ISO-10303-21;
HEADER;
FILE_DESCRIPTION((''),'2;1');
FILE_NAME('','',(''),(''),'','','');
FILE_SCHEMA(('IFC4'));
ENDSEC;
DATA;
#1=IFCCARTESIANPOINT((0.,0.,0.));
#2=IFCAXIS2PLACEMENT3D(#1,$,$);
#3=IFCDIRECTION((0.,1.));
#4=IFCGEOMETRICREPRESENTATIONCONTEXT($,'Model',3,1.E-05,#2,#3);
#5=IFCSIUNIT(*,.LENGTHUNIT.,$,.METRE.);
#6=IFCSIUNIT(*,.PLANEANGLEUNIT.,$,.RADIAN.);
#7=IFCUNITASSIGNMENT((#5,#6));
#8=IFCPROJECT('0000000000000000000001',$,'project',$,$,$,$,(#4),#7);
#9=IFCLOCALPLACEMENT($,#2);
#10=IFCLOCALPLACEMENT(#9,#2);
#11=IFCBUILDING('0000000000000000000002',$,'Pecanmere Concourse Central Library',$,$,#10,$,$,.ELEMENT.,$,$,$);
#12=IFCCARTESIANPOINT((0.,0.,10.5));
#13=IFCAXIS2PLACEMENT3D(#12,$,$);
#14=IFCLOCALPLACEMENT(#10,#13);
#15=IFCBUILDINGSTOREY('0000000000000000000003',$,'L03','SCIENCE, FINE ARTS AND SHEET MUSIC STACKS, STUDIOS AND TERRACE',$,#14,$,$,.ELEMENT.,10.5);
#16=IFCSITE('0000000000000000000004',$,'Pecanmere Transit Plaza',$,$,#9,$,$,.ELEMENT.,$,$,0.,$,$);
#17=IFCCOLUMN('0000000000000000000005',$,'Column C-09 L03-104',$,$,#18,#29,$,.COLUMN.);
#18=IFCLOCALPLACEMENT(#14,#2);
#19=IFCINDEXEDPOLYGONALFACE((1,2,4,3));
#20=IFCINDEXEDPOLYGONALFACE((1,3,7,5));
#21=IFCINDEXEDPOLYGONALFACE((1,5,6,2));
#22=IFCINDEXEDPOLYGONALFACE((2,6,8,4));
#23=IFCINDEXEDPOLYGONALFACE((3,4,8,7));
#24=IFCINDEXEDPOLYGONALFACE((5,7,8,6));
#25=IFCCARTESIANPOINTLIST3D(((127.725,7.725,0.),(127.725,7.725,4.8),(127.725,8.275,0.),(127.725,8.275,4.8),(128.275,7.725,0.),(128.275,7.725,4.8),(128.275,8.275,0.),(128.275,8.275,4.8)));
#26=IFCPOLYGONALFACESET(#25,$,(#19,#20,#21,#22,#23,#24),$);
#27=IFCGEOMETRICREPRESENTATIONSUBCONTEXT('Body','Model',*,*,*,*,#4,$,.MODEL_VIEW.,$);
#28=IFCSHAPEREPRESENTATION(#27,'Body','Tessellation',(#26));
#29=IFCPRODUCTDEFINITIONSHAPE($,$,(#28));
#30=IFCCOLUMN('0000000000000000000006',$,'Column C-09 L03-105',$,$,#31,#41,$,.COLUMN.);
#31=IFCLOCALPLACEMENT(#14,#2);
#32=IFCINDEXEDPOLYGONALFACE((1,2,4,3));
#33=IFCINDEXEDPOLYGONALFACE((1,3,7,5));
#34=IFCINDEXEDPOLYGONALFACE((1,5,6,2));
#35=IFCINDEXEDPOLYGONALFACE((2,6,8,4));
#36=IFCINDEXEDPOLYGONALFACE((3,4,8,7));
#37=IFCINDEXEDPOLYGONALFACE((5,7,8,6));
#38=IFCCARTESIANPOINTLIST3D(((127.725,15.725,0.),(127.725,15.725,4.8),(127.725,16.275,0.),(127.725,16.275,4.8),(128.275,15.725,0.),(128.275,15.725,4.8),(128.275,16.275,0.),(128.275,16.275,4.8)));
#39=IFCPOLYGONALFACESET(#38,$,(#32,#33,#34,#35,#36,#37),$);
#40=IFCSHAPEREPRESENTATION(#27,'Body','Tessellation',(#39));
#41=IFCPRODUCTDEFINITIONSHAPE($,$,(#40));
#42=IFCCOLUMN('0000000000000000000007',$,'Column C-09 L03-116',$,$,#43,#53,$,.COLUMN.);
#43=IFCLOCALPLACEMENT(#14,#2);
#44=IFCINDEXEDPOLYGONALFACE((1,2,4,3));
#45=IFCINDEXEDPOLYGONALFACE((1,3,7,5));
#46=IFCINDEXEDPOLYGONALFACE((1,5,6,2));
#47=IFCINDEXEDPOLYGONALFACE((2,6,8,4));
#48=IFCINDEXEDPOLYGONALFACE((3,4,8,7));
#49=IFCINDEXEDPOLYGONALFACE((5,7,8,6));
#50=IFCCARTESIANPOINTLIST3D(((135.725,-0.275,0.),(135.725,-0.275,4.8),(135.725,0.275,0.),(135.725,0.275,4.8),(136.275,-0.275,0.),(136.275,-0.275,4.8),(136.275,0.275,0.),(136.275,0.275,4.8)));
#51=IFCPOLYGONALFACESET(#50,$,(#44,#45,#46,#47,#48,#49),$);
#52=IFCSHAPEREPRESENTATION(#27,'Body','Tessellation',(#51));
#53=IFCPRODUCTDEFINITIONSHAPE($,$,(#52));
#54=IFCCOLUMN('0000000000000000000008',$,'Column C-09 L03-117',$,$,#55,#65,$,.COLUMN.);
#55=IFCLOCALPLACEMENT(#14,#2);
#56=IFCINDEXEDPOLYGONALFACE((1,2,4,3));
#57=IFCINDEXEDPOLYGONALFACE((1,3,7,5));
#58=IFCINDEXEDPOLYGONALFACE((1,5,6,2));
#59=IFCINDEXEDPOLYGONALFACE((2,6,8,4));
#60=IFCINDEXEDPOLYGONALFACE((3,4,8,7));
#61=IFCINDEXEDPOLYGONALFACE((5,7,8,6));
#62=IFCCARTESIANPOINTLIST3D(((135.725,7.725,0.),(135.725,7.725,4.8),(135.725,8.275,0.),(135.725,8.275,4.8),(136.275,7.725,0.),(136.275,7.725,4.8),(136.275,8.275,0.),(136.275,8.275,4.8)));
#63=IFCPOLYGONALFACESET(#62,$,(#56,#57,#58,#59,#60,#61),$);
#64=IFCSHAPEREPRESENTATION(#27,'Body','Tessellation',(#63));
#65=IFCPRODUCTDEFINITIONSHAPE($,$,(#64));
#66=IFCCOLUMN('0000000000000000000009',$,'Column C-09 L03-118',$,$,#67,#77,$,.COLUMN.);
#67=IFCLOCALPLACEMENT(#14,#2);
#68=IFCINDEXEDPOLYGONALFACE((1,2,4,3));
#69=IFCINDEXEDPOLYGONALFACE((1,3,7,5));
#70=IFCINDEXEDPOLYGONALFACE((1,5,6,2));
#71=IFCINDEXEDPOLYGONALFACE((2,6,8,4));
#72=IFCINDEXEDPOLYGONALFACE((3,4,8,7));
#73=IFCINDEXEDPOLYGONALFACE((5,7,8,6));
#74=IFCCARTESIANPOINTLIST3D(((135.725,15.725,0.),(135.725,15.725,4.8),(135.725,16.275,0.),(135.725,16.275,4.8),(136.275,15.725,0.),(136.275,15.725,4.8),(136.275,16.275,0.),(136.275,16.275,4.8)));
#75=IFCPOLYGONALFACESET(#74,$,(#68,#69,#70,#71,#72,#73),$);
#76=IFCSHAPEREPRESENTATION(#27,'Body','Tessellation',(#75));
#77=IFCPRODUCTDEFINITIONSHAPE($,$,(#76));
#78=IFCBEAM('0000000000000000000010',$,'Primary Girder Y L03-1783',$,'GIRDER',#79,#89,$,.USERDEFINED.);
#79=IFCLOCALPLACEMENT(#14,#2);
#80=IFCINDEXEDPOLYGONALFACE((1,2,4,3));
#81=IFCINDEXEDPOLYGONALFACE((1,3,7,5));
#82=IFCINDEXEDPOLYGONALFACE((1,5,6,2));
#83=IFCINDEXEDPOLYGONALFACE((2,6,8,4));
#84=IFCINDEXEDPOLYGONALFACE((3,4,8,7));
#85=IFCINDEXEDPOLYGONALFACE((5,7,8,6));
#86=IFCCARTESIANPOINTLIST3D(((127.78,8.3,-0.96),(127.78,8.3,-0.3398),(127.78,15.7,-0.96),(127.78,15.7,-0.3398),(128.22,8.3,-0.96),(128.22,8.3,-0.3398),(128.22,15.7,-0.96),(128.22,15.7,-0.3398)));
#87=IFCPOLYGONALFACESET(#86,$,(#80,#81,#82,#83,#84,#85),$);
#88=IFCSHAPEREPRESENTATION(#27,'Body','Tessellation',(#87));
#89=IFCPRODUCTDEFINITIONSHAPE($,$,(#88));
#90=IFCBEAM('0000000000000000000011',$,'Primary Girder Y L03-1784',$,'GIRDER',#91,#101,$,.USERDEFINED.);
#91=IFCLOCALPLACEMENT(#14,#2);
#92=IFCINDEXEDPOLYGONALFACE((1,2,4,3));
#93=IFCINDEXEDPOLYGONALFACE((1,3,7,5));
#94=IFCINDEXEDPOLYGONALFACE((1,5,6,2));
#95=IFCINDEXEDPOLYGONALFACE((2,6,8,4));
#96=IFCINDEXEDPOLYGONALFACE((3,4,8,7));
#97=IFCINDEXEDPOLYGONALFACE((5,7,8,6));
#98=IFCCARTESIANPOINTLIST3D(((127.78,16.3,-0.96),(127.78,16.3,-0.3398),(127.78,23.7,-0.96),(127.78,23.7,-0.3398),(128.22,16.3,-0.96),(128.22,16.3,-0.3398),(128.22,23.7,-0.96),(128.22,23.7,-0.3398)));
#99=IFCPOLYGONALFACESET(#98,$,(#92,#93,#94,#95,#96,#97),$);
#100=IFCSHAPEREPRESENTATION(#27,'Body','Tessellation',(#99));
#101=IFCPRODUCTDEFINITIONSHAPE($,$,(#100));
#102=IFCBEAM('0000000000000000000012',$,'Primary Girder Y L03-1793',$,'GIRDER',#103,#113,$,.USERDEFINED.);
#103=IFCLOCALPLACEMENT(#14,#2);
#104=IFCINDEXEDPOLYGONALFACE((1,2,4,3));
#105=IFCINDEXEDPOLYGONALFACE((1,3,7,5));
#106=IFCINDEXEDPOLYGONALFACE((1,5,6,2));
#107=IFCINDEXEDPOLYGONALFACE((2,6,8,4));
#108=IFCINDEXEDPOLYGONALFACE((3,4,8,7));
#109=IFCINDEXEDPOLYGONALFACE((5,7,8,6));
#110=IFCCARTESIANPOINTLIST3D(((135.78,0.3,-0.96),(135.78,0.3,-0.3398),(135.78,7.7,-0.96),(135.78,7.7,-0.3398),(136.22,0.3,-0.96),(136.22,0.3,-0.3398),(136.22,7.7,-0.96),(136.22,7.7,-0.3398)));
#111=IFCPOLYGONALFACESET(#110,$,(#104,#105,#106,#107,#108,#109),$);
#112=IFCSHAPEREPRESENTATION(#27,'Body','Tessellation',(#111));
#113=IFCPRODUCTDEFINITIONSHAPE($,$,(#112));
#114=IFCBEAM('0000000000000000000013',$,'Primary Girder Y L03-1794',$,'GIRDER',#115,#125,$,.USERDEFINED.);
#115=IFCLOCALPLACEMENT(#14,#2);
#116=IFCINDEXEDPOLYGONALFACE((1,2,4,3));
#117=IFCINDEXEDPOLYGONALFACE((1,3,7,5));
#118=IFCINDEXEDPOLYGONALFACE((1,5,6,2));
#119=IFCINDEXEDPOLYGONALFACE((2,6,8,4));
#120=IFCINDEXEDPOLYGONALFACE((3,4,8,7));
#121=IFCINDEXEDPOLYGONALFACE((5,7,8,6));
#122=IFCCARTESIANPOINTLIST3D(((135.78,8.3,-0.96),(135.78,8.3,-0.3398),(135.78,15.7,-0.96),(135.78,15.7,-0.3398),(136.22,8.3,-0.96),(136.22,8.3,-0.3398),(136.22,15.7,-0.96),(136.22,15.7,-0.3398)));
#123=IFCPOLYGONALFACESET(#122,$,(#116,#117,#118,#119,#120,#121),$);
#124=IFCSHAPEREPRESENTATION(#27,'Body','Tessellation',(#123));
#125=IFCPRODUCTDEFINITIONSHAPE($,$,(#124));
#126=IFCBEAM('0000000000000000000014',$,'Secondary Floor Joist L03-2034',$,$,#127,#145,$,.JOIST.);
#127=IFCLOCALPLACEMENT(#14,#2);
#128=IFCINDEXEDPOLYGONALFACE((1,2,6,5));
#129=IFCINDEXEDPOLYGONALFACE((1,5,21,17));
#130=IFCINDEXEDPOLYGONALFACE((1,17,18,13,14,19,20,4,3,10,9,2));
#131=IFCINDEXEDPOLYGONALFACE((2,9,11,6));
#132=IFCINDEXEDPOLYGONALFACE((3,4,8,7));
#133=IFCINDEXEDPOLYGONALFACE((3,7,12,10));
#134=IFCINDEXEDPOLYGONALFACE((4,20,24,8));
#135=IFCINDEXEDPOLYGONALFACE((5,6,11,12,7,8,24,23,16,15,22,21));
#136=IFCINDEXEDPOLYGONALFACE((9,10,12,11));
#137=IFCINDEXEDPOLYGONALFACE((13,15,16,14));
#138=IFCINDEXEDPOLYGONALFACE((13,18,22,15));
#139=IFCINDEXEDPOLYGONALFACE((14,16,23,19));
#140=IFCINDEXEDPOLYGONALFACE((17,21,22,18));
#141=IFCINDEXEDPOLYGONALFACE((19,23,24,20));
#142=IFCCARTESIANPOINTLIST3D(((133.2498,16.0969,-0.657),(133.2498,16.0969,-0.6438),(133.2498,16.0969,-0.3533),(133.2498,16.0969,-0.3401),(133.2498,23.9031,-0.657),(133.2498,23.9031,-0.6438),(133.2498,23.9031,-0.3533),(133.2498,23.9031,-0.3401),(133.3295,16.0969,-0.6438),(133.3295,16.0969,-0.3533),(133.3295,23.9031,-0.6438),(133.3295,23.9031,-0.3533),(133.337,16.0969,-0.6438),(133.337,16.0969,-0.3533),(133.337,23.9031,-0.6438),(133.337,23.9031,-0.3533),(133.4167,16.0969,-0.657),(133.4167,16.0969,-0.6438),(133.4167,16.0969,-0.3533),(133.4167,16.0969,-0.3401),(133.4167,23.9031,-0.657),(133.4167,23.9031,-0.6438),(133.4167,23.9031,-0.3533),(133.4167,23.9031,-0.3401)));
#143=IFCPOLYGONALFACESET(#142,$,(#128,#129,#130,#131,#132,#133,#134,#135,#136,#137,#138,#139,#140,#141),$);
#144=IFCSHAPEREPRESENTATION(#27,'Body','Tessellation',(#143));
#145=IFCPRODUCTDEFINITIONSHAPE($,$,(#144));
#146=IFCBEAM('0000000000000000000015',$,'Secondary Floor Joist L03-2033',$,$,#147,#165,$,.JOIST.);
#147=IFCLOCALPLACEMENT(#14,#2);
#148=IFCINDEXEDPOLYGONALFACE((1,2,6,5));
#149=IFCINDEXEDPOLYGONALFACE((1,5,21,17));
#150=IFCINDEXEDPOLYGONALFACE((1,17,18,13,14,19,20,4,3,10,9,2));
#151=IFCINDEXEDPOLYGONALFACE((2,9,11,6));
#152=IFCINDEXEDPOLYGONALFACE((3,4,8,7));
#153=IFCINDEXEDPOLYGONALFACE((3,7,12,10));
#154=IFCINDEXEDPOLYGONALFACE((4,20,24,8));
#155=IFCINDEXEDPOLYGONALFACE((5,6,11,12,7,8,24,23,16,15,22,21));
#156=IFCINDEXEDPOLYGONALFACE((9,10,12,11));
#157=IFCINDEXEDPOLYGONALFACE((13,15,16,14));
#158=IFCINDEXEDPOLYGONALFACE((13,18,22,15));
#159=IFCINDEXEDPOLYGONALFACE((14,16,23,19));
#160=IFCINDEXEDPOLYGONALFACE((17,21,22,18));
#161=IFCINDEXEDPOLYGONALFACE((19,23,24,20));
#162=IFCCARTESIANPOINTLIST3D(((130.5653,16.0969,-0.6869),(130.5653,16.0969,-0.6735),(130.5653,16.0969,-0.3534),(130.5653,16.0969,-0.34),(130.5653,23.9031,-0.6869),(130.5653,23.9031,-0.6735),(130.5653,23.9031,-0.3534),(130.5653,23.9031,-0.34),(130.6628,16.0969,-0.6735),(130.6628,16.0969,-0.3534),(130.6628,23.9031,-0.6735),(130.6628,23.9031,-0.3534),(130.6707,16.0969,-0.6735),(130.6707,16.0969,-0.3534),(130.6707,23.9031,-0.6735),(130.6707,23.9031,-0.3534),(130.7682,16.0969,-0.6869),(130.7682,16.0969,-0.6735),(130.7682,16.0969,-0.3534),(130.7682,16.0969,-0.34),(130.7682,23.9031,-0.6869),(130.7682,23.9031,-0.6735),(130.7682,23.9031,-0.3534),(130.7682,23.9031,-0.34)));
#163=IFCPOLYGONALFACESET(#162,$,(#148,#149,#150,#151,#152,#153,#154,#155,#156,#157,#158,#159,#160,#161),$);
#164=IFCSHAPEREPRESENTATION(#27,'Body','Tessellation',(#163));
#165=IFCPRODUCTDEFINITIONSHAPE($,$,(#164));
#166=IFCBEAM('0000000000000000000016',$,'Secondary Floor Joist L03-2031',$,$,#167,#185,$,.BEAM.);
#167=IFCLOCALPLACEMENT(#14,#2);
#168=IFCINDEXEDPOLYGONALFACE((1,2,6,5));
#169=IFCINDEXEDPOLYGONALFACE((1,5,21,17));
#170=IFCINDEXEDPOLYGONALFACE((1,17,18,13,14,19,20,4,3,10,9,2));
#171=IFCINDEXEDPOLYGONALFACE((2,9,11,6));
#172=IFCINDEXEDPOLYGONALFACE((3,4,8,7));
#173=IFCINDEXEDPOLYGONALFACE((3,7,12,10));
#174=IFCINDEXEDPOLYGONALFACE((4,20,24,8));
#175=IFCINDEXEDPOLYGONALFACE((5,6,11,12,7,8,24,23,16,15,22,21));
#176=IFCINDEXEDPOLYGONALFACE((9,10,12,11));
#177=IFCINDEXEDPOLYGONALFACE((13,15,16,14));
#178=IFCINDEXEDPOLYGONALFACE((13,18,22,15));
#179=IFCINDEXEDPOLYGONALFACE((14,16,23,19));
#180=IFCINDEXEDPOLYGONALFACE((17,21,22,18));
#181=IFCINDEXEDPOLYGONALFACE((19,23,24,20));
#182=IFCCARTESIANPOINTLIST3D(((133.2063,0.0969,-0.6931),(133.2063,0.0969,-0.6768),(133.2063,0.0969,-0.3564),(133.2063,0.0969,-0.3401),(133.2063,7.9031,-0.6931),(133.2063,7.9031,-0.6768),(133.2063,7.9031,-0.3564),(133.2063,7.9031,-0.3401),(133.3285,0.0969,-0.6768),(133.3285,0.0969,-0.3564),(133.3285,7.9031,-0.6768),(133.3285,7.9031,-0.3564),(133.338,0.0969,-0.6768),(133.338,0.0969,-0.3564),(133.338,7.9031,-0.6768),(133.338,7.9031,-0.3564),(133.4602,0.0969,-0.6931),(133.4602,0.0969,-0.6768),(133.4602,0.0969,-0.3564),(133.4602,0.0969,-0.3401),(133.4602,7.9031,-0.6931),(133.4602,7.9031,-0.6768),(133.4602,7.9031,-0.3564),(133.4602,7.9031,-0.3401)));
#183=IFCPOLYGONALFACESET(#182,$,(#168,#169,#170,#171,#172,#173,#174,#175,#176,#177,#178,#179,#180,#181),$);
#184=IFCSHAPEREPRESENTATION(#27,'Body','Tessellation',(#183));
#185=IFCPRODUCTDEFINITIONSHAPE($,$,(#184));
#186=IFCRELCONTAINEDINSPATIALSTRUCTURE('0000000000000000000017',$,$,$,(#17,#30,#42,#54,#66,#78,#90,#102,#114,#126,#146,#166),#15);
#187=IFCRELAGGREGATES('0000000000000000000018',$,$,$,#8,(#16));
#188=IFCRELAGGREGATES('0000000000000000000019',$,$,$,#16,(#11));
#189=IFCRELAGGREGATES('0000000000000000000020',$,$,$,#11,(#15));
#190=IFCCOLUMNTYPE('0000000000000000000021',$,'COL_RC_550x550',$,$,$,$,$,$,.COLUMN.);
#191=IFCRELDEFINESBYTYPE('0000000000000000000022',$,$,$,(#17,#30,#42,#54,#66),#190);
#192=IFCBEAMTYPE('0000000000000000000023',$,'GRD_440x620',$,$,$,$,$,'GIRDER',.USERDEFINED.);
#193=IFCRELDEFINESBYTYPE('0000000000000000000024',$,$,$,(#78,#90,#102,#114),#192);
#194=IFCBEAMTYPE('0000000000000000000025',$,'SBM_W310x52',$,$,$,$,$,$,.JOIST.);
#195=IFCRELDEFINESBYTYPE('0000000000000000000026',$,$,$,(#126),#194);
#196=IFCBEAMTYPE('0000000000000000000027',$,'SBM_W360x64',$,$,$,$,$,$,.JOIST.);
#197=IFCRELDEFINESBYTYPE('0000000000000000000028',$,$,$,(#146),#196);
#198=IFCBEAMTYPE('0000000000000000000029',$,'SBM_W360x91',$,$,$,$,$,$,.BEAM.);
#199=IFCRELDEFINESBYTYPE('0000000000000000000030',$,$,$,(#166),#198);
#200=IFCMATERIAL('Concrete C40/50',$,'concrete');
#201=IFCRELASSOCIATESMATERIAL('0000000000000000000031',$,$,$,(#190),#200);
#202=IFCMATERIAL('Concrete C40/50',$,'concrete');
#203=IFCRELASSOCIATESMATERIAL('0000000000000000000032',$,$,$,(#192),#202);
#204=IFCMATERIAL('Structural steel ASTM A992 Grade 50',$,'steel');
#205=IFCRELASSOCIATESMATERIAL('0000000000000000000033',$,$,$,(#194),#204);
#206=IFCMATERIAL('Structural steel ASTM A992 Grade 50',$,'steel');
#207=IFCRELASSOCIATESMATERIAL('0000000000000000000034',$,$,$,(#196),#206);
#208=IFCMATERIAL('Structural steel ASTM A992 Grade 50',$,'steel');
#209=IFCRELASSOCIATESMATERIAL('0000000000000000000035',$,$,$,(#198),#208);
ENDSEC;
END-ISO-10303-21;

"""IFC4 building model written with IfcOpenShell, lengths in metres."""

from ifc_helpers import new_model, si_unit, direction, frame, origin, origin_2d, place, context, subcontext, project, spatial, rectangle, i_section, extrude, material, material_profile, profile_set, type_object, element, save


model = new_model("IFC4")

# Units and contexts
model_context = context("Model", 3, precision=1e-05, world=origin(), true_north=direction((0.0, 1.0)))
body_context = subcontext(model_context, "Body", "Model", "MODEL_VIEW")
ifc_project = project(units=[si_unit("LENGTHUNIT", "METRE"), si_unit("PLANEANGLEUNIT", "RADIAN")], contexts=[model_context])

# Site, building, storey
site_placement = place(None, origin())
site = spatial("IfcSite", under=ifc_project, at=site_placement, Name="Pecanmere Transit Plaza", CompositionType="ELEMENT", RefElevation=0.0)
building_placement = place(site_placement, origin())
building = spatial("IfcBuilding", under=site, at=building_placement, Name="Pecanmere Concourse Central Library", CompositionType="ELEMENT")
storey_placement = place(building_placement, frame((0.0, 0.0, 10.5)))
storey = spatial("IfcBuildingStorey", under=building, at=storey_placement, Name="L03", Description="SCIENCE, FINE ARTS AND SHEET MUSIC STACKS, STUDIOS AND TERRACE", CompositionType="ELEMENT", Elevation=10.5)

# Columns
ifc_material_1 = material(Name="Concrete C40/50", Category="concrete")
ifc_material_profile_1 = material_profile(ifc_material_1, rectangle(XDim=0.55, YDim=0.55, at=origin_2d()), Name="RC 550x550")
ifc_profile_set_1 = profile_set([ifc_material_profile_1], Name="Concrete C40/50")
column_type = type_object("IfcColumnType", Name="COL_RC_550x550", PredefinedType="COLUMN", material=ifc_profile_set_1)
for number, where, z_axis, x_axis, name in (
    (1, (128.0, 8.0, 0.0), (0.0, 0.0, 1.0), (1.0, 0.0, 0.0), "Column C-09 L03-104"),
    (2, (128.0, 16.0, 0.0), (0.0, 0.0, 1.0), (1.0, 0.0, 0.0), "Column C-09 L03-105"),
    (3, (136.0, 0.0, 0.0), (0.0, 0.0, 1.0), (1.0, 0.0, 0.0), "Column C-09 L03-116"),
    (4, (136.0, 8.0, 0.0), (0.0, 0.0, 1.0), (1.0, 0.0, 0.0), "Column C-09 L03-117"),
    (5, (136.0, 16.0, 0.0), (0.0, 0.0, 1.0), (1.0, 0.0, 0.0), "Column C-09 L03-118"),
):
    element("IfcColumn", number, at=place(storey_placement, frame(where, z_axis=z_axis, x_axis=x_axis)), inside=storey, type_object=column_type, Name=name, PredefinedType="COLUMN", context=body_context, shape_type="SweptSolid", body=[
        extrude(rectangle(XDim=0.55, YDim=0.55, at=origin_2d()), origin(), (0.0, 0.0, 1.0), 4.8),
    ])

# Beams
ifc_material_2 = material(Name="Concrete C40/50", Category="concrete")
ifc_material_profile_2 = material_profile(ifc_material_2, rectangle(XDim=0.4399, YDim=0.6201, at=origin_2d()), Name="RC 440x620")
ifc_profile_set_2 = profile_set([ifc_material_profile_2], Name="Concrete C40/50")
beam_type_1 = type_object("IfcBeamType", Name="GRD_440x620", ElementType="GIRDER", PredefinedType="USERDEFINED", material=ifc_profile_set_2)
for number, where, z_axis, x_axis, name in (
    (6, (128.0, 8.3, -0.6499), (0.0, 1.0, 0.0), (-1.0, 0.0, 0.0), "Primary Girder Y L03-1783"),
    (7, (128.0, 16.3, -0.6499), (0.0, 1.0, 0.0), (-1.0, 0.0, 0.0), "Primary Girder Y L03-1784"),
    (8, (136.0, 0.3, -0.6499), (0.0, 1.0, 0.0), (-1.0, 0.0, 0.0), "Primary Girder Y L03-1793"),
    (9, (136.0, 8.3, -0.6499), (0.0, 1.0, 0.0), (-1.0, 0.0, 0.0), "Primary Girder Y L03-1794"),
):
    element("IfcBeam", number, at=place(storey_placement, frame(where, z_axis=z_axis, x_axis=x_axis)), inside=storey, type_object=beam_type_1, Name=name, ObjectType="GIRDER", PredefinedType="USERDEFINED", context=body_context, shape_type="SweptSolid", body=[
        extrude(rectangle(XDim=0.4399, YDim=0.6201, at=origin_2d()), origin(), (0.0, 0.0, 1.0), 7.3999),
    ])
ifc_material_3 = material(Name="Structural steel ASTM A992 Grade 50", Category="steel")
ifc_material_profile_3 = material_profile(ifc_material_3, i_section(OverallWidth=0.167, OverallDepth=0.3169, WebThickness=0.0076, FlangeThickness=0.0132, at=origin_2d()), Name="W310x52")
ifc_profile_set_3 = profile_set([ifc_material_profile_3], Name="Structural steel ASTM A992 Grade 50")
beam_type_2 = type_object("IfcBeamType", Name="SBM_W310x52", PredefinedType="JOIST", material=ifc_profile_set_3)
beam_1_placement = place(storey_placement, frame((133.3333, 16.0969, -0.4985), z_axis=(0.0, 1.0, 0.0), x_axis=(-1.0, 0.0, 0.0)))
element("IfcBeam", 10, at=beam_1_placement, inside=storey, type_object=beam_type_2, Name="Secondary Floor Joist L03-2034", PredefinedType="JOIST", context=body_context, shape_type="SweptSolid", body=[
    extrude(i_section(OverallWidth=0.167, OverallDepth=0.3169, WebThickness=0.0076, FlangeThickness=0.0132, at=origin_2d()), origin(), (0.0, 0.0, 1.0), 7.8062),
])
ifc_material_4 = material(Name="Structural steel ASTM A992 Grade 50", Category="steel")
ifc_material_profile_4 = material_profile(ifc_material_4, i_section(OverallWidth=0.2029, OverallDepth=0.3469, WebThickness=0.0078, FlangeThickness=0.0134, at=origin_2d()), Name="W360x64")
ifc_profile_set_4 = profile_set([ifc_material_profile_4], Name="Structural steel ASTM A992 Grade 50")
beam_type_3 = type_object("IfcBeamType", Name="SBM_W360x64", PredefinedType="JOIST", material=ifc_profile_set_4)
beam_2_placement = place(storey_placement, frame((130.6667, 16.0969, -0.5134), z_axis=(0.0, 1.0, 0.0), x_axis=(-1.0, 0.0, 0.0)))
element("IfcBeam", 11, at=beam_2_placement, inside=storey, type_object=beam_type_3, Name="Secondary Floor Joist L03-2033", PredefinedType="JOIST", context=body_context, shape_type="SweptSolid", body=[
    extrude(i_section(OverallWidth=0.2029, OverallDepth=0.3469, WebThickness=0.0078, FlangeThickness=0.0134, at=origin_2d()), origin(), (0.0, 0.0, 1.0), 7.8062),
])
ifc_material_5 = material(Name="Structural steel ASTM A992 Grade 50", Category="steel")
ifc_material_profile_5 = material_profile(ifc_material_5, i_section(OverallWidth=0.2539, OverallDepth=0.353, WebThickness=0.0095, FlangeThickness=0.0164, at=origin_2d()), Name="W360x91")
ifc_profile_set_5 = profile_set([ifc_material_profile_5], Name="Structural steel ASTM A992 Grade 50")
beam_type_4 = type_object("IfcBeamType", Name="SBM_W360x91", PredefinedType="BEAM", material=ifc_profile_set_5)
beam_3_placement = place(storey_placement, frame((133.3333, 0.0969, -0.5166), z_axis=(0.0, 1.0, 0.0), x_axis=(-1.0, 0.0, 0.0)))
element("IfcBeam", 12, at=beam_3_placement, inside=storey, type_object=beam_type_4, Name="Secondary Floor Joist L03-2031", PredefinedType="BEAM", context=body_context, shape_type="SweptSolid", body=[
    extrude(i_section(OverallWidth=0.2539, OverallDepth=0.353, WebThickness=0.0095, FlangeThickness=0.0164, at=origin_2d()), origin(), (0.0, 0.0, 1.0), 7.8062),
])

save(model, "model.ifc")
